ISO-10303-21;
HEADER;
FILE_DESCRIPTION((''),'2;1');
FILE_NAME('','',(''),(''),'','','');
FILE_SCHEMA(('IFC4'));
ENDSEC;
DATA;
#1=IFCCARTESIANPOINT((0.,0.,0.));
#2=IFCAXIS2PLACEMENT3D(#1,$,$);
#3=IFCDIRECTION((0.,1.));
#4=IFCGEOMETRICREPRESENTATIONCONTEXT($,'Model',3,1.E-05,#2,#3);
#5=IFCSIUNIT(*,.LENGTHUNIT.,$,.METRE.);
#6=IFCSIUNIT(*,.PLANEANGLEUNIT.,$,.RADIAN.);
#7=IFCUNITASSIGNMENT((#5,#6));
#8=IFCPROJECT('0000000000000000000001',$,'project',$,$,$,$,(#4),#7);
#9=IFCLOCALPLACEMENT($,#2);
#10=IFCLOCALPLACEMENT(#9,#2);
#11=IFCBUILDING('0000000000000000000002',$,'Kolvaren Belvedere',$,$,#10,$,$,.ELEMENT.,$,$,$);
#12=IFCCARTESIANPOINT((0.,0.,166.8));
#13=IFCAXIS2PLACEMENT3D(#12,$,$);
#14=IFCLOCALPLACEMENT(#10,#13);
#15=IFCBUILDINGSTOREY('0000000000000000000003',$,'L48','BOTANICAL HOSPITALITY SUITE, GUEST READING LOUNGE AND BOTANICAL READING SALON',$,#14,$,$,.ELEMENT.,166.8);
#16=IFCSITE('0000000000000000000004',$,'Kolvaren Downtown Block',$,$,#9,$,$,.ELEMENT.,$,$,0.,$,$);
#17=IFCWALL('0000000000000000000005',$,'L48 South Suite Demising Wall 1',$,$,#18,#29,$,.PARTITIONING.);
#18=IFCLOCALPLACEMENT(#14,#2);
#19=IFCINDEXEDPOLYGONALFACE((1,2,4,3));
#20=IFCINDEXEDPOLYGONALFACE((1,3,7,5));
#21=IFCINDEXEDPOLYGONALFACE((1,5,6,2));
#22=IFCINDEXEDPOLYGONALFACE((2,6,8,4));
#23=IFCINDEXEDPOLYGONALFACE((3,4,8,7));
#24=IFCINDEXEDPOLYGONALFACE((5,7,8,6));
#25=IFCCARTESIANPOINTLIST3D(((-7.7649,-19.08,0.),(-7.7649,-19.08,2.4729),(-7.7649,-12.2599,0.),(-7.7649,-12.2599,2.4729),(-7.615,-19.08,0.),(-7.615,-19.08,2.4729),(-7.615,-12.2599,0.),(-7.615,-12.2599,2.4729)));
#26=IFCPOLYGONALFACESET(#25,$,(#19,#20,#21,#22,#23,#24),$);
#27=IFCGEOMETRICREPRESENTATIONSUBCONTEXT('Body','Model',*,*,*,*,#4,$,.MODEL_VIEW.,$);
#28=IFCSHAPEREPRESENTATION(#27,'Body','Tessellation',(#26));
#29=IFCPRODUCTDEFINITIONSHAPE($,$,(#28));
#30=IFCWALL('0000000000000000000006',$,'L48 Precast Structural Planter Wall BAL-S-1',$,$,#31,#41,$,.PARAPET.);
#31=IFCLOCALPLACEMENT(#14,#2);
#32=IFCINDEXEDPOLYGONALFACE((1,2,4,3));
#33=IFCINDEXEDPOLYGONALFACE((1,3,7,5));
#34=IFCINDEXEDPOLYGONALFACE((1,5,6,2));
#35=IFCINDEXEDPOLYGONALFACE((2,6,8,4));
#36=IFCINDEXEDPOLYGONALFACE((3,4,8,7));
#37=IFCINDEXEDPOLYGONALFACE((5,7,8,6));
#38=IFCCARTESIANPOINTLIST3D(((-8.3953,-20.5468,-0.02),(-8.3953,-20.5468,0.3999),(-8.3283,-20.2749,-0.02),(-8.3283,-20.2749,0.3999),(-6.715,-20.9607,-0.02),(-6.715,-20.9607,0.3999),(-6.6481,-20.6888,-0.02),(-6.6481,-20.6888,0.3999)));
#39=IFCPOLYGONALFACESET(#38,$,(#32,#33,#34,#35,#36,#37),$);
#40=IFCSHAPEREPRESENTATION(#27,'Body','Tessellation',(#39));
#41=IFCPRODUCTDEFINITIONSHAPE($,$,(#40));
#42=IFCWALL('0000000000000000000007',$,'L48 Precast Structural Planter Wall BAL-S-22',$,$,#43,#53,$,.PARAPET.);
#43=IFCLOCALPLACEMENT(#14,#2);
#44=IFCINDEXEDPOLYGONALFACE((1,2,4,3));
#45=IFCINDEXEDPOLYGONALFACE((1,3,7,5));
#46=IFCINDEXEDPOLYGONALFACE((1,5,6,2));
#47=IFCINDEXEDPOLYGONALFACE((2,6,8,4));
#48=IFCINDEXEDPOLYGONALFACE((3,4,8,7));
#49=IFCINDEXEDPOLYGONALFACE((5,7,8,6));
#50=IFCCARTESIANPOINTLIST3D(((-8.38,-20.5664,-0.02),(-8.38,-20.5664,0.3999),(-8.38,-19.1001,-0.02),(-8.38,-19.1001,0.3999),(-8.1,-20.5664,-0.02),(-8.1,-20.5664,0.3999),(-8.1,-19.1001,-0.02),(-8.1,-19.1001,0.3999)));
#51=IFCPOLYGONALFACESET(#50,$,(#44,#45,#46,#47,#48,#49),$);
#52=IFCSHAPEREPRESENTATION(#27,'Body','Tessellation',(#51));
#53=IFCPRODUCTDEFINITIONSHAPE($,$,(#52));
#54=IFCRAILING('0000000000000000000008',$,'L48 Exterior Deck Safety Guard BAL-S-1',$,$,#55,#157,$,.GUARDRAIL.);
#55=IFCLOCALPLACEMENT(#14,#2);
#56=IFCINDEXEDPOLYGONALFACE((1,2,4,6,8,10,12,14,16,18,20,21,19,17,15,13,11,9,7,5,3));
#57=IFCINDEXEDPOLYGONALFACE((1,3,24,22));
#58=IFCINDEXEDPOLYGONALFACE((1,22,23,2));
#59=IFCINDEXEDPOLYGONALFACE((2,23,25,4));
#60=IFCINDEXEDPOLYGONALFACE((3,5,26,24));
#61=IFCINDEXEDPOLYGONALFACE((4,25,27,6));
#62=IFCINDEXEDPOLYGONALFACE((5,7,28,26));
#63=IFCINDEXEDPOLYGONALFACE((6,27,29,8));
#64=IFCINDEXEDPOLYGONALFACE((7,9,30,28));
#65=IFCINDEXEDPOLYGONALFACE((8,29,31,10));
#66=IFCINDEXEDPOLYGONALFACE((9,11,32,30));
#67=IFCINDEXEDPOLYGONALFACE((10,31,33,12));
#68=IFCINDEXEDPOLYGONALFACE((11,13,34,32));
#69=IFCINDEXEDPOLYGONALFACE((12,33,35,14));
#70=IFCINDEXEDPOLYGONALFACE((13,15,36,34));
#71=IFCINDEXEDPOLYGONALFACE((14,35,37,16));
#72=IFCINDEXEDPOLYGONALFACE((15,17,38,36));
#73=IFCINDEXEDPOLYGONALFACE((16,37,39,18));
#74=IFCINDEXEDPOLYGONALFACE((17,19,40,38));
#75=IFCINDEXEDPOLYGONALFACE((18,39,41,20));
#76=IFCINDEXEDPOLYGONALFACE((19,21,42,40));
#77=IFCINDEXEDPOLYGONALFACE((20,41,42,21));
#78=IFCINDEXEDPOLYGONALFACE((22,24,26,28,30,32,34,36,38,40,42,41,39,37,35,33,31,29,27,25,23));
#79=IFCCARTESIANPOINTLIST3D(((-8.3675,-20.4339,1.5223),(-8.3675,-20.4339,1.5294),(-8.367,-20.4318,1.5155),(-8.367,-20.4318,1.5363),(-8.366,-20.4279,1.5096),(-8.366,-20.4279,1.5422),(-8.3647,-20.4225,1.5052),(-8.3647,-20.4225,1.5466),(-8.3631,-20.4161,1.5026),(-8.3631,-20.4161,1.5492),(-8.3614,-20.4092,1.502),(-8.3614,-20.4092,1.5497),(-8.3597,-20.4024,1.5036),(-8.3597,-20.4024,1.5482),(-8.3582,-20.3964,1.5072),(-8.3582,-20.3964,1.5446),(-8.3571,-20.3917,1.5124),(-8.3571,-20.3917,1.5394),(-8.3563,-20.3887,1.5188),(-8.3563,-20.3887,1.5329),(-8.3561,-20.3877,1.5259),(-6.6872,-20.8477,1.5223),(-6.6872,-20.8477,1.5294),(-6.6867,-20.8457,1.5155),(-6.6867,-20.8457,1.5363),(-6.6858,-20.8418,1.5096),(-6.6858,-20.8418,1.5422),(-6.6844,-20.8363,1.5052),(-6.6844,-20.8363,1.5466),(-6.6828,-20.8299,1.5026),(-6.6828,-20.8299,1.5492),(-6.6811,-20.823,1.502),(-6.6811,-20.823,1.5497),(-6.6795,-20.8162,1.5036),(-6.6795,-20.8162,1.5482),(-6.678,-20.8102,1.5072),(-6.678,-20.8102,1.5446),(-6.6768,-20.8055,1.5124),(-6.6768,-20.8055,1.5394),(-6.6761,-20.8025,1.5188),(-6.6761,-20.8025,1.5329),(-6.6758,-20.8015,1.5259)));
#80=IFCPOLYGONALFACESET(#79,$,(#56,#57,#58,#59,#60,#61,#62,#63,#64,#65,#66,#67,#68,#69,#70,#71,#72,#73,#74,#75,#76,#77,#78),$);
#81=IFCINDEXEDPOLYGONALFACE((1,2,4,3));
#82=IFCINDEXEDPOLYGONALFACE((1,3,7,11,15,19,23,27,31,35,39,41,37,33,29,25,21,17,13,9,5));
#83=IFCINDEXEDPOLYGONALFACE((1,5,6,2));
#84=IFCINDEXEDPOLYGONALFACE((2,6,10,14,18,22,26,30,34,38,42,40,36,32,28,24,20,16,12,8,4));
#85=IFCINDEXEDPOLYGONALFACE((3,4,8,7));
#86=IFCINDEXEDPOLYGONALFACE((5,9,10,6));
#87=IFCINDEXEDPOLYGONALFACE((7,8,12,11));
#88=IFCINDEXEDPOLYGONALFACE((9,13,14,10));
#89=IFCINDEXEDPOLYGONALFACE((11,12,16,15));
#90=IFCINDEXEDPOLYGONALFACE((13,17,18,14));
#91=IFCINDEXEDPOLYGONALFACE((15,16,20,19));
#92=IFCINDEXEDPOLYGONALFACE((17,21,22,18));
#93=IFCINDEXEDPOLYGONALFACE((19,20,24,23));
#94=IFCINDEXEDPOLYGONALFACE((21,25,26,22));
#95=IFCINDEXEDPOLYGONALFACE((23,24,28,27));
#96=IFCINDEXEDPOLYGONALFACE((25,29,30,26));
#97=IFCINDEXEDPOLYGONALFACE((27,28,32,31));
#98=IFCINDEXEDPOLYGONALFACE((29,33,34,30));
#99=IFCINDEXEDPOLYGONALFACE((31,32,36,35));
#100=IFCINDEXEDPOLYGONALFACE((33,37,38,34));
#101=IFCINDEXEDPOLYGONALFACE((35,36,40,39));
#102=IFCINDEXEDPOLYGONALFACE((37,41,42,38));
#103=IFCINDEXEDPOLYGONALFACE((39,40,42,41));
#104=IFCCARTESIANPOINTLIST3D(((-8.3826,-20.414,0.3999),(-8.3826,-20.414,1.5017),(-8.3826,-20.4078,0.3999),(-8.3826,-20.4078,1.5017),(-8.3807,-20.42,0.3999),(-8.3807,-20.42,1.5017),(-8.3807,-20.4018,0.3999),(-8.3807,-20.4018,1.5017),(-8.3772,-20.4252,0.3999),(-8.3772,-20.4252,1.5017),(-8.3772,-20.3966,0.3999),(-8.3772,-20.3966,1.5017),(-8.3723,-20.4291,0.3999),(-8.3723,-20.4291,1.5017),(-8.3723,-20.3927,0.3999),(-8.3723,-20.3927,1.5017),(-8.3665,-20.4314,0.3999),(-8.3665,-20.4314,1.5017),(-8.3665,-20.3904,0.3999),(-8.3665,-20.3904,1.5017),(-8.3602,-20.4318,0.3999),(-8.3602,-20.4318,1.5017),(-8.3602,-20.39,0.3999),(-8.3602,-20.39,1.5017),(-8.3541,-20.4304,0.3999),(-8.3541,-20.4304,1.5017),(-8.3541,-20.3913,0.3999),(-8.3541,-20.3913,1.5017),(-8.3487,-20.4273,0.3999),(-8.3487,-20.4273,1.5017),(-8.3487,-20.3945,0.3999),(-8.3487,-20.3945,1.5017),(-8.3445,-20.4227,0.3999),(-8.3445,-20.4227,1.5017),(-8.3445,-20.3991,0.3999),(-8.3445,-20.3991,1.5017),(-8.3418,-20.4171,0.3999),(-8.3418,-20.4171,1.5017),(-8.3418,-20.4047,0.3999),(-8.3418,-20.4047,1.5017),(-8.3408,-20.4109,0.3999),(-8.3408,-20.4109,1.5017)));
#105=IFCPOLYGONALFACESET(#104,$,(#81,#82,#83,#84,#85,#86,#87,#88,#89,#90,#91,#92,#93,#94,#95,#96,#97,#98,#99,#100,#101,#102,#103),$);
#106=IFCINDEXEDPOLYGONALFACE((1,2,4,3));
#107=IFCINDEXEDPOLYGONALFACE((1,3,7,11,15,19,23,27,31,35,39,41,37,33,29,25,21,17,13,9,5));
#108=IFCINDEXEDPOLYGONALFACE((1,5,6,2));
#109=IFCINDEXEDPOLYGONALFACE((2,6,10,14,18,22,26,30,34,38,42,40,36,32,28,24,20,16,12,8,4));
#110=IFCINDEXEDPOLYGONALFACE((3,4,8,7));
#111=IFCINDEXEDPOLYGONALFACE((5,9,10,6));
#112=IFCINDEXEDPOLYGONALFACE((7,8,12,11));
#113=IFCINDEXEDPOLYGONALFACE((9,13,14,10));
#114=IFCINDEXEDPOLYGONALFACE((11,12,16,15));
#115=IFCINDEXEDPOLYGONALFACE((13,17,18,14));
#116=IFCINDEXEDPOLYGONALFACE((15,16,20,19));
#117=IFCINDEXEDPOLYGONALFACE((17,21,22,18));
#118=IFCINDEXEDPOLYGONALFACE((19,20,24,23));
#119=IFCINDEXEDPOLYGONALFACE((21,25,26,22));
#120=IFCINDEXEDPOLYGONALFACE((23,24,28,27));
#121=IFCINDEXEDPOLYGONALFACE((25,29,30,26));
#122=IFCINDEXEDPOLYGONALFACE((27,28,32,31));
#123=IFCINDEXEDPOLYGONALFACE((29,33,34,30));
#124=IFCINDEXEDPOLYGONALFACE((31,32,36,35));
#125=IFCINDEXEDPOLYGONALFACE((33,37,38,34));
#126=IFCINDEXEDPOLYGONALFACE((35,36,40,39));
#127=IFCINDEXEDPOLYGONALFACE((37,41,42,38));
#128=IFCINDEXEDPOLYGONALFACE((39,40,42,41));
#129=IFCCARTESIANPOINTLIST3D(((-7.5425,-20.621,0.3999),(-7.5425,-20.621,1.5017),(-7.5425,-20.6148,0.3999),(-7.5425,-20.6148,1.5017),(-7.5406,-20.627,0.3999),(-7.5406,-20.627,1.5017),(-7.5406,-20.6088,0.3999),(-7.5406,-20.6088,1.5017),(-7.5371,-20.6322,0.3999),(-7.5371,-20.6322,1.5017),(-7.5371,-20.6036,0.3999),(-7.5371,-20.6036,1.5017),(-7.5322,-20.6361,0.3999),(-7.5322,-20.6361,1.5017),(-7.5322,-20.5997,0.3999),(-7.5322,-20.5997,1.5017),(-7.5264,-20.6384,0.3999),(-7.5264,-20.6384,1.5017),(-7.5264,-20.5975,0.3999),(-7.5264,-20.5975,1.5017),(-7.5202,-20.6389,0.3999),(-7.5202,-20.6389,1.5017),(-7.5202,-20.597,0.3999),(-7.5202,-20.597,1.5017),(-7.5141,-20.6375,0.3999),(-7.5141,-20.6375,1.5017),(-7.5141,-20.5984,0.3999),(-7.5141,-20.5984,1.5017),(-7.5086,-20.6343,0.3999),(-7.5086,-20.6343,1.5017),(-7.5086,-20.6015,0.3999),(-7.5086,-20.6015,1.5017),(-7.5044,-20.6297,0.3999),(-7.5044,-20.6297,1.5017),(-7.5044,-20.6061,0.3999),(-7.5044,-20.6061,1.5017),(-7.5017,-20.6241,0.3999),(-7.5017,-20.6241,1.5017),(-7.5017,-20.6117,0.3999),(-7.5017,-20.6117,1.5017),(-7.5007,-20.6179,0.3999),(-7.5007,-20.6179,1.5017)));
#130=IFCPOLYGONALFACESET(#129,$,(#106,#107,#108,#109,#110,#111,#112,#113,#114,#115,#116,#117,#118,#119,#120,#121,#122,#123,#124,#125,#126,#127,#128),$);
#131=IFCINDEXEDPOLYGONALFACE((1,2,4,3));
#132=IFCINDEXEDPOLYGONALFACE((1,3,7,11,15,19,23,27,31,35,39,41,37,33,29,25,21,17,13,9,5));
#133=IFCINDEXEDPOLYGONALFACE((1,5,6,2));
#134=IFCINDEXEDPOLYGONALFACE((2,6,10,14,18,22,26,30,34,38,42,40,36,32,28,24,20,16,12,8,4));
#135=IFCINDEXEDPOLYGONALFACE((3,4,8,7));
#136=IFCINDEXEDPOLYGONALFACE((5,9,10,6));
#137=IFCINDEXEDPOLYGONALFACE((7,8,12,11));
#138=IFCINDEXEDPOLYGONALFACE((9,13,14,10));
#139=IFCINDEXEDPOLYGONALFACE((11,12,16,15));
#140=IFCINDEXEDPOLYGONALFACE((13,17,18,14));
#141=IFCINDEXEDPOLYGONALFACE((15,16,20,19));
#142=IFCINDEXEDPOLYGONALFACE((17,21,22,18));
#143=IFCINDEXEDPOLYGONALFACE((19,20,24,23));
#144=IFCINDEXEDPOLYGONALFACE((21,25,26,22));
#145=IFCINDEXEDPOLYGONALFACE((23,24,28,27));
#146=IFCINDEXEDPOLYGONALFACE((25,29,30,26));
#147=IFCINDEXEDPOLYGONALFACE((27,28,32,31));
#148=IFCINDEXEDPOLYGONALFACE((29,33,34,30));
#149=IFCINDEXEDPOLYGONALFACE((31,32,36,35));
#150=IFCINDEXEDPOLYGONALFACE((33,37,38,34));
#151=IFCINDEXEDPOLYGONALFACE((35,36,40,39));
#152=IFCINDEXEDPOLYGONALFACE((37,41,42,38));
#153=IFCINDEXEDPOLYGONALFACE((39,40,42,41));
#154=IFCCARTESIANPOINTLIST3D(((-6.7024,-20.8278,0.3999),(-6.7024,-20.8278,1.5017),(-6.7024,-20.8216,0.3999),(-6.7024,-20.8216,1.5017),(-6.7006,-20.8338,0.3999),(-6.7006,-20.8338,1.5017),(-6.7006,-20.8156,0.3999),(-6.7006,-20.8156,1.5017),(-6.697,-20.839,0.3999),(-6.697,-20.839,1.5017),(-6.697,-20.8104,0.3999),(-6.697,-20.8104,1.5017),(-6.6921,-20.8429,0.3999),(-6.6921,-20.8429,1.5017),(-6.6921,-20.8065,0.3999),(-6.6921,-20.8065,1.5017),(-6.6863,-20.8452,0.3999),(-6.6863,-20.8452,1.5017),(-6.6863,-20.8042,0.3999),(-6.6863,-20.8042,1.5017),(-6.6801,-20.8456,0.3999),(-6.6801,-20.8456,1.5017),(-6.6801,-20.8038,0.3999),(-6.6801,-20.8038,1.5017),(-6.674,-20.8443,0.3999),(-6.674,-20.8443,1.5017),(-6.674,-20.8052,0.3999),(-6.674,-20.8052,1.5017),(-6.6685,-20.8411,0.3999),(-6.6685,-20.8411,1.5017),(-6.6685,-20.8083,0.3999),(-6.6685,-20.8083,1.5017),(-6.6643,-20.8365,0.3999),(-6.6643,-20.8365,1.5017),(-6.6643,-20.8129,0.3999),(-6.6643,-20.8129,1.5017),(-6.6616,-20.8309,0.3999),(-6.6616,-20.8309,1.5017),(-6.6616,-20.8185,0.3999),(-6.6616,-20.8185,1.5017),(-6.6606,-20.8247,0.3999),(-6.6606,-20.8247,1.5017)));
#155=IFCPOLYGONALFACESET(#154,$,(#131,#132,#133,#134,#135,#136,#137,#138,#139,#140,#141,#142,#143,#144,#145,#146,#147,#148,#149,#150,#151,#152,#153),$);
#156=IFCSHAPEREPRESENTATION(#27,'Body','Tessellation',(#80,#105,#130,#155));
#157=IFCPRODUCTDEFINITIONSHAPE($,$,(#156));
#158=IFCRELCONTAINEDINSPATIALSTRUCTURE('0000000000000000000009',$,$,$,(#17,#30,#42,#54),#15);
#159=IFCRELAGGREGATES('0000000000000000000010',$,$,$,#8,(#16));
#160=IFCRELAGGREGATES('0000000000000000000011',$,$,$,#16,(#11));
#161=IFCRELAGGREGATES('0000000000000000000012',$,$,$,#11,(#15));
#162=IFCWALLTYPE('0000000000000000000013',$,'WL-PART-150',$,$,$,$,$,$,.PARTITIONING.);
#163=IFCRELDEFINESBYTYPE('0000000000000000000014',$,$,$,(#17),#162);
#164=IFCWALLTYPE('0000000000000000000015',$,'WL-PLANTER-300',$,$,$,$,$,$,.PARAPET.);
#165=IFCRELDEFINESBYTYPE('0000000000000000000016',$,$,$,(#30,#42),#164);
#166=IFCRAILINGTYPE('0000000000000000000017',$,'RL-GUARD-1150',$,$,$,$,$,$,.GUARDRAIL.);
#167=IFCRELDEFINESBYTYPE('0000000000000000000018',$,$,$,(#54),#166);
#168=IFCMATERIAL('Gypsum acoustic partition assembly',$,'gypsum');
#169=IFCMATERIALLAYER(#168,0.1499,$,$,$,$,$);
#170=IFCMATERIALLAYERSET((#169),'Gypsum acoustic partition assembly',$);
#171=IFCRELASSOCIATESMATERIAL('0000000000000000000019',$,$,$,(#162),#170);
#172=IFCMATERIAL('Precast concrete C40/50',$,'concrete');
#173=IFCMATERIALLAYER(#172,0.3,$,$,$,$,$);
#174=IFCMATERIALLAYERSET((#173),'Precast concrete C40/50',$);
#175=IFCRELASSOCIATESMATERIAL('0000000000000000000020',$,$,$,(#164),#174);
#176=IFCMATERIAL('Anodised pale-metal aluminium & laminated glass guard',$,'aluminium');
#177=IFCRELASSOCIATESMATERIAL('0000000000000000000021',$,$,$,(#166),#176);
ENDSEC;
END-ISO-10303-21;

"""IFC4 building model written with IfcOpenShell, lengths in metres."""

from ifc_helpers import new_model, si_unit, direction, frame, frame_2d, origin, origin_2d, place, context, subcontext, project, spatial, rectangle, circle, extrude, material, layer, layer_set, type_object, element, save


model = new_model("IFC4")

# Units and contexts
model_context = context("Model", 3, precision=1e-05, world=origin(), true_north=direction((0.0, 1.0)))
body_context = subcontext(model_context, "Body", "Model", "MODEL_VIEW")
ifc_project = project(units=[si_unit("LENGTHUNIT", "METRE"), si_unit("PLANEANGLEUNIT", "RADIAN")], contexts=[model_context])

# Site, building, storey
site_placement = place(None, origin())
site = spatial("IfcSite", under=ifc_project, at=site_placement, Name="Kolvaren Downtown Block", CompositionType="ELEMENT", RefElevation=0.0)
building_placement = place(site_placement, origin())
building = spatial("IfcBuilding", under=site, at=building_placement, Name="Kolvaren Belvedere", CompositionType="ELEMENT")
storey_placement = place(building_placement, frame((0.0, 0.0, 166.8)))
storey = spatial("IfcBuildingStorey", under=building, at=storey_placement, Name="L48", Description="BOTANICAL HOSPITALITY SUITE, GUEST READING LOUNGE AND BOTANICAL READING SALON", CompositionType="ELEMENT", Elevation=166.8)

# Walls
ifc_material_1 = material(Name="Gypsum acoustic partition assembly", Category="gypsum")
ifc_layer_1 = layer(ifc_material_1, 0.1499)
ifc_layer_set_1 = layer_set([ifc_layer_1], Name="Gypsum acoustic partition assembly")
wall_type_1 = type_object("IfcWallType", Name="WL-PART-150", PredefinedType="PARTITIONING", material=ifc_layer_set_1)
wall_1_placement = place(storey_placement, frame((-7.6899, -19.0801, 0.0), z_axis=(0.0, 0.0, 1.0), x_axis=(0.0, 1.0, 0.0)))
element("IfcWall", 1, at=wall_1_placement, inside=storey, type_object=wall_type_1, Name="L48 South Suite Demising Wall 1", PredefinedType="PARTITIONING", context=body_context, shape_type="SweptSolid", body=[
    extrude(rectangle(XDim=6.8201, YDim=0.1499, at=frame_2d((3.4102, 0.0))), origin(), (0.0, 0.0, 1.0), 2.4729),
])
ifc_material_2 = material(Name="Precast concrete C40/50", Category="concrete")
ifc_layer_2 = layer(ifc_material_2, 0.3)
ifc_layer_set_2 = layer_set([ifc_layer_2], Name="Precast concrete C40/50")
wall_type_2 = type_object("IfcWallType", Name="WL-PLANTER-300", PredefinedType="PARAPET", material=ifc_layer_set_2)
wall_2_placement = place(storey_placement, frame((-8.3618, -20.4109, -0.02), z_axis=(0.0, 0.0, 1.0), x_axis=(0.970983, -0.239148, 0.0)))
element("IfcWall", 2, at=wall_2_placement, inside=storey, type_object=wall_type_2, Name="L48 Precast Structural Planter Wall BAL-S-1", PredefinedType="PARAPET", context=body_context, shape_type="SweptSolid", body=[
    extrude(rectangle(XDim=1.7305, YDim=0.28, at=frame_2d((0.8652, 0.0))), origin(), (0.0, 0.0, 1.0), 0.4199),
])
wall_3_placement = place(storey_placement, frame((-8.24, -19.1001, -0.02), z_axis=(0.0, 0.0, 1.0), x_axis=(0.0, -1.0, 0.0)))
element("IfcWall", 3, at=wall_3_placement, inside=storey, type_object=wall_type_2, Name="L48 Precast Structural Planter Wall BAL-S-22", PredefinedType="PARAPET", context=body_context, shape_type="SweptSolid", body=[
    extrude(rectangle(XDim=1.4663, YDim=0.28, at=frame_2d((0.7332, 0.0))), origin(), (0.0, 0.0, 1.0), 0.4199),
])

# Railing
ifc_material_3 = material(Name="Anodised pale-metal aluminium & laminated glass guard", Category="aluminium")
railing_type = type_object("IfcRailingType", Name="RL-GUARD-1150", PredefinedType="GUARDRAIL", material=ifc_material_3)
railing_1_placement = place(storey_placement, frame((-8.3618, -20.4109, 0.3999)))
element("IfcRailing", 4, at=railing_1_placement, inside=storey, type_object=railing_type, Name="L48 Exterior Deck Safety Guard BAL-S-1", PredefinedType="GUARDRAIL", context=body_context, shape_type="SweptSolid", body=[
    extrude(circle(Radius=0.0239, at=origin_2d()), frame((0.0, 0.0, 1.126), z_axis=(0.970983, -0.239148, 0.0), x_axis=(0.239148, 0.970983, 0.0)), (0.0, 0.0, 1.0), 1.7305),
    extrude(circle(Radius=0.021, at=origin_2d()), origin(), (0.0, 0.0, 1.0), 1.1018),
    extrude(circle(Radius=0.021, at=origin_2d()), frame((0.8401, -0.207, 0.0)), (0.0, 0.0, 1.0), 1.1018),
    extrude(circle(Radius=0.021, at=origin_2d()), frame((1.6802, -0.4138, 0.0)), (0.0, 0.0, 1.0), 1.1018),
])

save(model, "model.ifc")
